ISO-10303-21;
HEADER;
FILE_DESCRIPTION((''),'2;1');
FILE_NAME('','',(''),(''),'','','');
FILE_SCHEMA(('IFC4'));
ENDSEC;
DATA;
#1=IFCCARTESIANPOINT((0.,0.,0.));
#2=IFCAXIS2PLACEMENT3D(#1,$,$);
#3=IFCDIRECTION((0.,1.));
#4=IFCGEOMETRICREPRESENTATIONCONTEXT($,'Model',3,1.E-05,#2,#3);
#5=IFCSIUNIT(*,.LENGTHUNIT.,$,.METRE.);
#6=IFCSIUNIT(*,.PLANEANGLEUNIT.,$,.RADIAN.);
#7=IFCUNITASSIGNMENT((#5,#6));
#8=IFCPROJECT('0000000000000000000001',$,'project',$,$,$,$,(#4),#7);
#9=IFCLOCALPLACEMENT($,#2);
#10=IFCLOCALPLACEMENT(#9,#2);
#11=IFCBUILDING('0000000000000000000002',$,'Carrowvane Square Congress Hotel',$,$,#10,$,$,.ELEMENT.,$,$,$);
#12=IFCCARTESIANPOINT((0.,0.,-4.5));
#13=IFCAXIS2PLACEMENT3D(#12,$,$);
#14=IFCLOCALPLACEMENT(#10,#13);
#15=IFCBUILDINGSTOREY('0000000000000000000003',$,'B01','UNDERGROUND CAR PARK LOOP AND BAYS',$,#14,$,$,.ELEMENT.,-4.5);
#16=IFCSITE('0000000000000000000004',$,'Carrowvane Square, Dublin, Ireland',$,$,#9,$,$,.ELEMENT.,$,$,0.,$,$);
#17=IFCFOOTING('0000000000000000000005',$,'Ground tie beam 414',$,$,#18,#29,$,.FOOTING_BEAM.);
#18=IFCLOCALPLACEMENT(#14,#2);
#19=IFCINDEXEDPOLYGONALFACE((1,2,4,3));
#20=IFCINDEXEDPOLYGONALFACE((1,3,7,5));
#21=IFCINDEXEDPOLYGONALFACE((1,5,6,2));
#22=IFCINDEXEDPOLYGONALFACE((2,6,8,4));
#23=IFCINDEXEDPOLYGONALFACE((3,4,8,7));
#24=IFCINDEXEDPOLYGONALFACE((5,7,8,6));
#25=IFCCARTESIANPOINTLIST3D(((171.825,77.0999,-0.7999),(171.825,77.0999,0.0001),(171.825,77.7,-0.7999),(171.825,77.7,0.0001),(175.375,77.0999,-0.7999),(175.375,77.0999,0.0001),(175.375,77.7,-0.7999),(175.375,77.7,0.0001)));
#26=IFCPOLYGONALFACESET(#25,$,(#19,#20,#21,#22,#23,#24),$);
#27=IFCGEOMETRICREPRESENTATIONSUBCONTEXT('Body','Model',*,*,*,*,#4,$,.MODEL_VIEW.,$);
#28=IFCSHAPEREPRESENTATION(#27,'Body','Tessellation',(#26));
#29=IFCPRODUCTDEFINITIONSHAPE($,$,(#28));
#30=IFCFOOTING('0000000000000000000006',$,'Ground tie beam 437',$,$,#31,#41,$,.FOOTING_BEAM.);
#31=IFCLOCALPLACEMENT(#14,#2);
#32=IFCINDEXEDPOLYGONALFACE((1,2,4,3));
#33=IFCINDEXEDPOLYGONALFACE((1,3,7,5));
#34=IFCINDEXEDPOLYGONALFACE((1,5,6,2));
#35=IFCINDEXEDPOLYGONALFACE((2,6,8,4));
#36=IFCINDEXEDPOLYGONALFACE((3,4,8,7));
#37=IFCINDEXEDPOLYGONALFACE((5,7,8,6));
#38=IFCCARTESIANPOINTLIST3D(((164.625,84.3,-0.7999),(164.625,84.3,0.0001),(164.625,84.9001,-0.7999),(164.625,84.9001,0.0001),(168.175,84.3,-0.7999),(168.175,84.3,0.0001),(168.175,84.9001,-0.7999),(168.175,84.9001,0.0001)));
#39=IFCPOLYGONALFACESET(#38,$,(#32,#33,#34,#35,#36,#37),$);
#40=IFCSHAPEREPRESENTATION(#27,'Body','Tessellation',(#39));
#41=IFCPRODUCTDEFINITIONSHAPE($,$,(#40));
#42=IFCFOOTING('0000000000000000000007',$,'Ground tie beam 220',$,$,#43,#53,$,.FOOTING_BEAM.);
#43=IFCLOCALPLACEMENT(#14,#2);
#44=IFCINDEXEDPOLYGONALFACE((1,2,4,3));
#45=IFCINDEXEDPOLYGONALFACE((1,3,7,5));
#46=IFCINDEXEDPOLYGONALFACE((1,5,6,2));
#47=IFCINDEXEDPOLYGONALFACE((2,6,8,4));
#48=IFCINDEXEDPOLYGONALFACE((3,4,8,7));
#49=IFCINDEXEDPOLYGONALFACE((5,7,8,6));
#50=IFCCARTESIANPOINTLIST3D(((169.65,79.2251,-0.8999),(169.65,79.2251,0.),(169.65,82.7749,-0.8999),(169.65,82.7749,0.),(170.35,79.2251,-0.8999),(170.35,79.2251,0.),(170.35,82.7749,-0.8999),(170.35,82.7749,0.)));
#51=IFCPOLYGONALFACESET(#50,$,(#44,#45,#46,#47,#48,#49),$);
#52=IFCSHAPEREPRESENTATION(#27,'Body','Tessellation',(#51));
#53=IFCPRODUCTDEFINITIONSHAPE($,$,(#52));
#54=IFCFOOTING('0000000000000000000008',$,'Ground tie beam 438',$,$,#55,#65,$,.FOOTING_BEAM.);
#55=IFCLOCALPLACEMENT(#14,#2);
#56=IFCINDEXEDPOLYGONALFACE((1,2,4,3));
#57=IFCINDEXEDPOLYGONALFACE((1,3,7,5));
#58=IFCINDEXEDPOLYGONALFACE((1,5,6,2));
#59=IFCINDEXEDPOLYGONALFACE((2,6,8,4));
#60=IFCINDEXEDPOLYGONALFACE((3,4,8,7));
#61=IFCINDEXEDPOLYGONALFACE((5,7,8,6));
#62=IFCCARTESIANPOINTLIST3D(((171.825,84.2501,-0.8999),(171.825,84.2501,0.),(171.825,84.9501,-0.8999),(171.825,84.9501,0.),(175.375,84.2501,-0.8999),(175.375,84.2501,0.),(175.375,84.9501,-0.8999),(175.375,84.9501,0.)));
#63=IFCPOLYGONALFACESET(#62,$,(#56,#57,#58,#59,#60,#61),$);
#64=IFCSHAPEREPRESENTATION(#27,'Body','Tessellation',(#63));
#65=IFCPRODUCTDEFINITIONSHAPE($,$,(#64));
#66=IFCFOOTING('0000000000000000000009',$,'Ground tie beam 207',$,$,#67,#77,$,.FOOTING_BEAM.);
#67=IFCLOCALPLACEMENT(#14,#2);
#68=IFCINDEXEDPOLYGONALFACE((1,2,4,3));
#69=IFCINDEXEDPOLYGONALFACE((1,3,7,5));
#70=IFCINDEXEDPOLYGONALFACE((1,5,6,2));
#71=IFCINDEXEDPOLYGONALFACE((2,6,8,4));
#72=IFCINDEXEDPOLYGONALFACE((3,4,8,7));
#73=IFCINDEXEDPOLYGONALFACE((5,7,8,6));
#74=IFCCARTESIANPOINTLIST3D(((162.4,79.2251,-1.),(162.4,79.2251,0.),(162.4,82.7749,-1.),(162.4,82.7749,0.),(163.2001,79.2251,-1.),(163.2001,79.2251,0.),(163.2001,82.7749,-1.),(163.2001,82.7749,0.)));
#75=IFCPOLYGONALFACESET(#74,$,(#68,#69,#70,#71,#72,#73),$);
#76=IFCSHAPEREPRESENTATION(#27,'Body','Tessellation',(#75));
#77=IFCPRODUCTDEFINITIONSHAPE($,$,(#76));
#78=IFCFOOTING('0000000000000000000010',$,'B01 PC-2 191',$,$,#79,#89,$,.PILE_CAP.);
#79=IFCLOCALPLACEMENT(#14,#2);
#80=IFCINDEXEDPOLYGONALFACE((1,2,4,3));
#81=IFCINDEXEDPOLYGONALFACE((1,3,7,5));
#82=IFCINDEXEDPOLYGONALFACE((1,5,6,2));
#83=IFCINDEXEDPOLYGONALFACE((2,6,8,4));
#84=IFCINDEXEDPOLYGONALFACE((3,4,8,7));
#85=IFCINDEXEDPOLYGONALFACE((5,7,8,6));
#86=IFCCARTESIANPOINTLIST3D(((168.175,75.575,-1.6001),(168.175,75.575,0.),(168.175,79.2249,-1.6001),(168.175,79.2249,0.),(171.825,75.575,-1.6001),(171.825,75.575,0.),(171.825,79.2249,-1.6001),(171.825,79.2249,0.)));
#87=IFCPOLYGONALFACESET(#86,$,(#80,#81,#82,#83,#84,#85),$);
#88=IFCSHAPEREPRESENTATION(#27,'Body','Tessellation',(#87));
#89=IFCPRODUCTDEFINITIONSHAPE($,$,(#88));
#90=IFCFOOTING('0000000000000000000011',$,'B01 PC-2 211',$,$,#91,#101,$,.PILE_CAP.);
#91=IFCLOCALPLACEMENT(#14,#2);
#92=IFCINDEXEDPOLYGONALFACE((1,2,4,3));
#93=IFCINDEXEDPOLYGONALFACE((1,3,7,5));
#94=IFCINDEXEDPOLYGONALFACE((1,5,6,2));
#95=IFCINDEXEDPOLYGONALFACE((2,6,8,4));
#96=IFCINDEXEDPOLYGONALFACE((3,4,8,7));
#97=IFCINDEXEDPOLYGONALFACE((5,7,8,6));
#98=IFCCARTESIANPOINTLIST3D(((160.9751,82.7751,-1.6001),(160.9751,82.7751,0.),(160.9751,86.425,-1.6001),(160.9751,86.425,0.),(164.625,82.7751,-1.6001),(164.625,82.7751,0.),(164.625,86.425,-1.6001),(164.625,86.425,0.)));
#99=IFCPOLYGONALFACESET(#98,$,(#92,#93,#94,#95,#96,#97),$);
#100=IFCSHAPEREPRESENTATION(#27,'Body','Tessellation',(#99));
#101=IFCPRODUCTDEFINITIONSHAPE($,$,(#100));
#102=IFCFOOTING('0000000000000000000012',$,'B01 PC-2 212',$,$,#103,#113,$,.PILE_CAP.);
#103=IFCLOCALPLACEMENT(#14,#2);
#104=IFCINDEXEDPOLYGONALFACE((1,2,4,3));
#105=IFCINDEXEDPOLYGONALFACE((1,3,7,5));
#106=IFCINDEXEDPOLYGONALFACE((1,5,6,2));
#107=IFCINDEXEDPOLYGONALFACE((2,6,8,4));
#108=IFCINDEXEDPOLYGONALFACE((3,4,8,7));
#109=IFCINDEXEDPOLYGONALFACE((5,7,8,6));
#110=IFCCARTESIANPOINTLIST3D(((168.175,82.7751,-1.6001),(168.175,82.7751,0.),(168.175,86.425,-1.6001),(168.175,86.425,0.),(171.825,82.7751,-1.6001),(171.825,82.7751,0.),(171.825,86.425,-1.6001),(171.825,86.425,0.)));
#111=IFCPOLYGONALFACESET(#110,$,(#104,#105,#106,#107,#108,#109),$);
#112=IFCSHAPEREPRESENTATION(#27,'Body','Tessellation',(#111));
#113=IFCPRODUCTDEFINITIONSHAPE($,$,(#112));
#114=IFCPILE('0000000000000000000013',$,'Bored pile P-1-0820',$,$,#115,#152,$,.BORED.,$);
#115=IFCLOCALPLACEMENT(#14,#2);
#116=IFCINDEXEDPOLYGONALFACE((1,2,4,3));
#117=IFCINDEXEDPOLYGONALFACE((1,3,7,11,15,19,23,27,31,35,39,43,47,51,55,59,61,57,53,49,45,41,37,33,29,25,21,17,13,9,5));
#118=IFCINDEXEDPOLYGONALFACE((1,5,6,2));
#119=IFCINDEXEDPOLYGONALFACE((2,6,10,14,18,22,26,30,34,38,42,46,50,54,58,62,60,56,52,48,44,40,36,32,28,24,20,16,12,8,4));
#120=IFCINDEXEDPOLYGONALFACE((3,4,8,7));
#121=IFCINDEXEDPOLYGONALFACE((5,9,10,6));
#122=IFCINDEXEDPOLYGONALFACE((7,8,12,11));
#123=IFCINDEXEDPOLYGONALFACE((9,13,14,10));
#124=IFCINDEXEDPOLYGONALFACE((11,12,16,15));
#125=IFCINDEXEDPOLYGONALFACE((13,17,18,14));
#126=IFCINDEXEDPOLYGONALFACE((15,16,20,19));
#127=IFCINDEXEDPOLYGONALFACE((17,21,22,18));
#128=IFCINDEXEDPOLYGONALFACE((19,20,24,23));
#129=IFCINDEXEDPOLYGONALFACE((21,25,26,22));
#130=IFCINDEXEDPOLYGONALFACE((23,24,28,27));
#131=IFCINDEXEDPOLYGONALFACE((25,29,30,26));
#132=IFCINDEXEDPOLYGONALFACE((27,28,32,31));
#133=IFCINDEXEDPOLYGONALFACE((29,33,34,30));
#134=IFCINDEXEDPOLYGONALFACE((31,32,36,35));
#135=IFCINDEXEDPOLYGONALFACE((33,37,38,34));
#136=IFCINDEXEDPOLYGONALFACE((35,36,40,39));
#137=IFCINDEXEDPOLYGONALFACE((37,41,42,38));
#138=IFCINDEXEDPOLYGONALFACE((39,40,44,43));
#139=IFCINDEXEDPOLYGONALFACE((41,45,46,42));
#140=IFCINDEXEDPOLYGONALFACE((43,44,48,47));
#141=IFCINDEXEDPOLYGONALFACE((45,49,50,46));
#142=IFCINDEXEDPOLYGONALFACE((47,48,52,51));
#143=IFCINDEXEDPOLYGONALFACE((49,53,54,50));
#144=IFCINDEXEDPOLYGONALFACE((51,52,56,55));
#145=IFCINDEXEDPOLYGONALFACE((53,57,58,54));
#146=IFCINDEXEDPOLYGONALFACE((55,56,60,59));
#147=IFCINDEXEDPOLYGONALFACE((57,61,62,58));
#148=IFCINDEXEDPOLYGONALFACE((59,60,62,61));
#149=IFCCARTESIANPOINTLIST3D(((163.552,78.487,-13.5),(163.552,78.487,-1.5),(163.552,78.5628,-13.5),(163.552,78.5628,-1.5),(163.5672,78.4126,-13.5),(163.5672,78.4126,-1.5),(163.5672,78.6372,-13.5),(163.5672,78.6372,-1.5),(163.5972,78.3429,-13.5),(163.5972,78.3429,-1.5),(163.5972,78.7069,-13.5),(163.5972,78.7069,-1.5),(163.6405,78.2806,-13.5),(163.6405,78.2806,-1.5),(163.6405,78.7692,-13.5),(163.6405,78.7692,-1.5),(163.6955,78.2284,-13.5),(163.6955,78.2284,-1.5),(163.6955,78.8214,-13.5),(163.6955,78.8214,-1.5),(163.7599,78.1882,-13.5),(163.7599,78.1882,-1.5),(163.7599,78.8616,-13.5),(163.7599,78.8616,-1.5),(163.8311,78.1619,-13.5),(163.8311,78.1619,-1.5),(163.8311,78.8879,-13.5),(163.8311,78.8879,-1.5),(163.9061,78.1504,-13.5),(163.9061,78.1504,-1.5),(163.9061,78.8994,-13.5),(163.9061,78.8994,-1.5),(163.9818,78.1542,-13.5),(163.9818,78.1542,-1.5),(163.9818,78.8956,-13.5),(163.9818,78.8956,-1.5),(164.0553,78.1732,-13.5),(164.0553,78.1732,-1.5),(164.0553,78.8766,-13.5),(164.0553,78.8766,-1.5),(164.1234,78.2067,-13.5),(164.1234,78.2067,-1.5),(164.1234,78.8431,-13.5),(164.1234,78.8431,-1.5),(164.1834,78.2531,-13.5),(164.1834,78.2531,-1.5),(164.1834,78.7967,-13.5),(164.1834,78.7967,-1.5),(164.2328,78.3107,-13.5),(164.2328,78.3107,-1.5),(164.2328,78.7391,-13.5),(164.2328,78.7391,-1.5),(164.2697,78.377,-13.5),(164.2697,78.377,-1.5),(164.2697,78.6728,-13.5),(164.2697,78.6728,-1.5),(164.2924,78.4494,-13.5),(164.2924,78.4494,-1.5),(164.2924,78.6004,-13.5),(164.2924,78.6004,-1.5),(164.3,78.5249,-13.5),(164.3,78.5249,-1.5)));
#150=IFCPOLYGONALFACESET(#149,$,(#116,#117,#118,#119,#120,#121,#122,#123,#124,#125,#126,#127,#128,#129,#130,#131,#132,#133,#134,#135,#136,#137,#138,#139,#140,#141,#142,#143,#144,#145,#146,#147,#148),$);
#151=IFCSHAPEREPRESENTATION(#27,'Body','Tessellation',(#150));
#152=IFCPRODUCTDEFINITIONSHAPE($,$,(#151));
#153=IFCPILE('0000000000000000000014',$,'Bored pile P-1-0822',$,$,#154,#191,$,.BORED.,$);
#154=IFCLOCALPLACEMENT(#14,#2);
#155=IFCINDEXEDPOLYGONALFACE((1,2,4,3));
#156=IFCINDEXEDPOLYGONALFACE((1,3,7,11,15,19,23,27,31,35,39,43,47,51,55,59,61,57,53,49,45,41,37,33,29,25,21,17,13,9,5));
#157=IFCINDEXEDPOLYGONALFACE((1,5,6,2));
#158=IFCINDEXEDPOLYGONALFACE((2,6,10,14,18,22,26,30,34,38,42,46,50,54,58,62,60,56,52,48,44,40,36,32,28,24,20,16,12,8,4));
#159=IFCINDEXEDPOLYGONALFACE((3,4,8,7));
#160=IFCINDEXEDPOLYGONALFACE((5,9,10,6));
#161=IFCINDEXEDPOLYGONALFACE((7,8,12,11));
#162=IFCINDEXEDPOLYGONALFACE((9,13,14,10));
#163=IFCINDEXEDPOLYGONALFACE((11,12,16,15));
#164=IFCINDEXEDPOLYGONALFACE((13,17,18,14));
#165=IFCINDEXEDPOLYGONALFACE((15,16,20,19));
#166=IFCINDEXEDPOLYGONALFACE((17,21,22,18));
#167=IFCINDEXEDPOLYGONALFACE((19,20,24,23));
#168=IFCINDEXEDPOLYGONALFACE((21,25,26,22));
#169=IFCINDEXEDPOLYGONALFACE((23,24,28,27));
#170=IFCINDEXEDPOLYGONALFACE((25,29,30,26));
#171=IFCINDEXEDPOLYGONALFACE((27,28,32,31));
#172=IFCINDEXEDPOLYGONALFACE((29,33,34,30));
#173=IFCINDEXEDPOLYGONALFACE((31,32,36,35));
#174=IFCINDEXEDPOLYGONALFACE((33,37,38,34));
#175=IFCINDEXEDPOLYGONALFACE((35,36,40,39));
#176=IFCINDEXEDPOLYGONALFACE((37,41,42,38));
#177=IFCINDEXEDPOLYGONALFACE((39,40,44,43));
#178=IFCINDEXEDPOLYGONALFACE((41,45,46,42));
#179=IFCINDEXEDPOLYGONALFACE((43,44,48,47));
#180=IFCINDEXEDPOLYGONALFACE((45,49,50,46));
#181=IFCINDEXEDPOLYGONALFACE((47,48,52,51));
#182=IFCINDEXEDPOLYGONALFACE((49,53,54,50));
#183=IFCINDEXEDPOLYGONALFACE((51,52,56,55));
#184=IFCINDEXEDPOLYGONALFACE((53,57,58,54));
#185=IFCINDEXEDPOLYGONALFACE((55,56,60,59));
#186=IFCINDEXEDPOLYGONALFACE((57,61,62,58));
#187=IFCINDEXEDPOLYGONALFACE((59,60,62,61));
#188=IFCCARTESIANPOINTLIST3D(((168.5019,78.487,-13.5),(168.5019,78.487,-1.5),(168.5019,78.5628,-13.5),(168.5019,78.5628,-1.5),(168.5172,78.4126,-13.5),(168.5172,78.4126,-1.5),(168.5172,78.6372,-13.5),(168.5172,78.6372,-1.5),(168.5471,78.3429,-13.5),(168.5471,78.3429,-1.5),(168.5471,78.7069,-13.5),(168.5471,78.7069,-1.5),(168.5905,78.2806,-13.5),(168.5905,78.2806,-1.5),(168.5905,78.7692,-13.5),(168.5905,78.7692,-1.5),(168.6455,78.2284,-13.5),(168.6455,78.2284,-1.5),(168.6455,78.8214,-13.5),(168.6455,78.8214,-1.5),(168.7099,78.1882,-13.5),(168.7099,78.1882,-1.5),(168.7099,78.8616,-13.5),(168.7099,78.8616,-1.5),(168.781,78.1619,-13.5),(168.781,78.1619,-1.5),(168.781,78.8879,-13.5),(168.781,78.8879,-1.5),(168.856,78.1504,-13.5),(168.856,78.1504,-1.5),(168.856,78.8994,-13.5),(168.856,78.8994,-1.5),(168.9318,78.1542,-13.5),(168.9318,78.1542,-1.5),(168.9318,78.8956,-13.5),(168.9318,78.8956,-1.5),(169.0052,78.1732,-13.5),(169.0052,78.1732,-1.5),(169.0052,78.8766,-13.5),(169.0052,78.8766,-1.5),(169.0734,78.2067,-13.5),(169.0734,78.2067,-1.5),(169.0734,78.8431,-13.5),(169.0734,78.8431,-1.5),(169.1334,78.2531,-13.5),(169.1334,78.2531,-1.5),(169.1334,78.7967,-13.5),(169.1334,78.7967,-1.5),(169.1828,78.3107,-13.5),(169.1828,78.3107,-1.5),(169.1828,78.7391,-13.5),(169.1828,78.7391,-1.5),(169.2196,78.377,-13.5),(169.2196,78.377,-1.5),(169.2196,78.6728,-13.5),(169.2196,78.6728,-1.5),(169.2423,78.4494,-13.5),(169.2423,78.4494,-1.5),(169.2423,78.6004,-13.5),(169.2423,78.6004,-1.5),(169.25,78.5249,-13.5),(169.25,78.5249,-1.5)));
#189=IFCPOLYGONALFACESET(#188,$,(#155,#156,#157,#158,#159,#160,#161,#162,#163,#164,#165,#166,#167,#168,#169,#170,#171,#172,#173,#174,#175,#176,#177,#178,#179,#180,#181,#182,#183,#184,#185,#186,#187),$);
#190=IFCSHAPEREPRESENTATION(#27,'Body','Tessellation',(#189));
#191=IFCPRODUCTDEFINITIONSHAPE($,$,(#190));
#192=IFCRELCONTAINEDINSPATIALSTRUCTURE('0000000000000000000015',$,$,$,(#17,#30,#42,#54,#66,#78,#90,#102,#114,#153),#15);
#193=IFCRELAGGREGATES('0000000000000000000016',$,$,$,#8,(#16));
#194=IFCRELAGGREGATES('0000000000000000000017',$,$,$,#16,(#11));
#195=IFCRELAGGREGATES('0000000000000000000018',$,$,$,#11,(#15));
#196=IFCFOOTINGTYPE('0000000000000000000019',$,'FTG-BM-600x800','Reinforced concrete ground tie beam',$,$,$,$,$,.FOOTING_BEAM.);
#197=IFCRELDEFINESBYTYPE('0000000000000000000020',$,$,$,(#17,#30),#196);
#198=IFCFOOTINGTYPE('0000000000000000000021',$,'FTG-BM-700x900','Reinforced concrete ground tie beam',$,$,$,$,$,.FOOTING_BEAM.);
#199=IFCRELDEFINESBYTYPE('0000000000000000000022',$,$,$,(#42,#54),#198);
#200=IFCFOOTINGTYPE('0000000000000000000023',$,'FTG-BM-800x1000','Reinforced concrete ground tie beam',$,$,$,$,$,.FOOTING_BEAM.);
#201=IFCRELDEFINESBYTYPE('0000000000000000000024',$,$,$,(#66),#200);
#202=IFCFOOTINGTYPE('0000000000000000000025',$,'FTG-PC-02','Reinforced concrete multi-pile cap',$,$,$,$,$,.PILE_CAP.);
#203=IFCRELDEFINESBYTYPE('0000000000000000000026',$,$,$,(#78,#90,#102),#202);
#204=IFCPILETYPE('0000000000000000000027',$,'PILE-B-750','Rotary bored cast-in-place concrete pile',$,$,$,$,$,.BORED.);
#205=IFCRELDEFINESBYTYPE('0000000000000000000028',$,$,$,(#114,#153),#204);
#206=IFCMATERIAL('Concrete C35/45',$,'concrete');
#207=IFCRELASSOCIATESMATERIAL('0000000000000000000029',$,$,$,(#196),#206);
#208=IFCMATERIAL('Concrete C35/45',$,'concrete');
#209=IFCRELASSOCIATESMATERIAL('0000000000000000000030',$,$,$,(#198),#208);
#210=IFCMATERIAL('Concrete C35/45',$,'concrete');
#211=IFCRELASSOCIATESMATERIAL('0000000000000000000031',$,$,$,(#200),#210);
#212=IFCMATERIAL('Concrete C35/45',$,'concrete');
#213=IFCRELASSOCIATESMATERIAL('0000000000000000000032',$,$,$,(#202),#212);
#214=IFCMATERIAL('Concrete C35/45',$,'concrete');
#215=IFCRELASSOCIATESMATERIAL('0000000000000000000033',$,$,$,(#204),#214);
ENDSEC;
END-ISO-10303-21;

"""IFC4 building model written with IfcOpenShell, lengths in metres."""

from ifc_helpers import new_model, si_unit, direction, frame, origin, origin_2d, place, context, subcontext, project, spatial, rectangle, circle, extrude, material, material_profile, profile_set, type_object, element, save


model = new_model("IFC4")

# Units and contexts
model_context = context("Model", 3, precision=1e-05, world=origin(), true_north=direction((0.0, 1.0)))
body_context = subcontext(model_context, "Body", "Model", "MODEL_VIEW")
ifc_project = project(units=[si_unit("LENGTHUNIT", "METRE"), si_unit("PLANEANGLEUNIT", "RADIAN")], contexts=[model_context])

# Site, building, storey
site_placement = place(None, origin())
site = spatial("IfcSite", under=ifc_project, at=site_placement, Name="Carrowvane Square, Dublin, Ireland", CompositionType="ELEMENT", RefElevation=0.0)
building_placement = place(site_placement, origin())
building = spatial("IfcBuilding", under=site, at=building_placement, Name="Carrowvane Square Congress Hotel", CompositionType="ELEMENT")
storey_placement = place(building_placement, frame((0.0, 0.0, -4.5)))
storey = spatial("IfcBuildingStorey", under=building, at=storey_placement, Name="B01", Description="UNDERGROUND CAR PARK LOOP AND BAYS", CompositionType="ELEMENT", Elevation=-4.5)

# Footings
ifc_material_1 = material(Name="Concrete C35/45", Category="concrete")
ifc_material_profile_1 = material_profile(ifc_material_1, rectangle(XDim=0.6001, YDim=0.8, at=origin_2d()), Name="RC 600x800")
ifc_profile_set_1 = profile_set([ifc_material_profile_1], Name="Concrete C35/45")
footing_type_1 = type_object("IfcFootingType", Name="FTG-BM-600x800", Description="Reinforced concrete ground tie beam", PredefinedType="FOOTING_BEAM", material=ifc_profile_set_1)
for number, where, z_axis, x_axis, name in (
    (1, (171.825, 77.3999, -0.3999), (1.0, 0.0, 0.0), (0.0, 1.0, 0.0), "Ground tie beam 414"),
    (2, (164.625, 84.6001, -0.3999), (1.0, 0.0, 0.0), (0.0, 1.0, 0.0), "Ground tie beam 437"),
):
    element("IfcFooting", number, at=place(storey_placement, frame(where, z_axis=z_axis, x_axis=x_axis)), inside=storey, type_object=footing_type_1, Name=name, PredefinedType="FOOTING_BEAM", context=body_context, shape_type="SweptSolid", body=[
        extrude(rectangle(XDim=0.6001, YDim=0.8, at=origin_2d()), origin(), (0.0, 0.0, 1.0), 3.55),
    ])
ifc_material_2 = material(Name="Concrete C35/45", Category="concrete")
ifc_material_profile_2 = material_profile(ifc_material_2, rectangle(XDim=0.7, YDim=0.8999, at=origin_2d()), Name="RC 700x900")
ifc_profile_set_2 = profile_set([ifc_material_profile_2], Name="Concrete C35/45")
footing_type_2 = type_object("IfcFootingType", Name="FTG-BM-700x900", Description="Reinforced concrete ground tie beam", PredefinedType="FOOTING_BEAM", material=ifc_profile_set_2)
footing_1_placement = place(storey_placement, frame((170.0, 79.2251, -0.45), z_axis=(0.0, 1.0, 0.0), x_axis=(-1.0, 0.0, 0.0)))
element("IfcFooting", 3, at=footing_1_placement, inside=storey, type_object=footing_type_2, Name="Ground tie beam 220", PredefinedType="FOOTING_BEAM", context=body_context, shape_type="SweptSolid", body=[
    extrude(rectangle(XDim=0.7, YDim=0.8999, at=origin_2d()), origin(), (0.0, 0.0, 1.0), 3.5498),
])
footing_2_placement = place(storey_placement, frame((171.825, 84.6001, -0.45), z_axis=(1.0, 0.0, 0.0), x_axis=(0.0, 1.0, 0.0)))
element("IfcFooting", 4, at=footing_2_placement, inside=storey, type_object=footing_type_2, Name="Ground tie beam 438", PredefinedType="FOOTING_BEAM", context=body_context, shape_type="SweptSolid", body=[
    extrude(rectangle(XDim=0.7, YDim=0.8999, at=origin_2d()), origin(), (0.0, 0.0, 1.0), 3.55),
])
ifc_material_3 = material(Name="Concrete C35/45", Category="concrete")
ifc_material_profile_3 = material_profile(ifc_material_3, rectangle(XDim=0.8, YDim=1.0, at=origin_2d()), Name="RC 800x1000")
ifc_profile_set_3 = profile_set([ifc_material_profile_3], Name="Concrete C35/45")
footing_type_3 = type_object("IfcFootingType", Name="FTG-BM-800x1000", Description="Reinforced concrete ground tie beam", PredefinedType="FOOTING_BEAM", material=ifc_profile_set_3)
footing_3_placement = place(storey_placement, frame((162.8, 79.2251, -0.5), z_axis=(0.0, 1.0, 0.0), x_axis=(-1.0, 0.0, 0.0)))
element("IfcFooting", 5, at=footing_3_placement, inside=storey, type_object=footing_type_3, Name="Ground tie beam 207", PredefinedType="FOOTING_BEAM", context=body_context, shape_type="SweptSolid", body=[
    extrude(rectangle(XDim=0.8, YDim=1.0, at=origin_2d()), origin(), (0.0, 0.0, 1.0), 3.5498),
])
ifc_material_4 = material(Name="Concrete C35/45", Category="concrete")
footing_type_4 = type_object("IfcFootingType", Name="FTG-PC-02", Description="Reinforced concrete multi-pile cap", PredefinedType="PILE_CAP", material=ifc_material_4)
for number, where, z_axis, x_axis, name in (
    (6, (170.0, 77.3999, -1.6001), (0.0, 0.0, 1.0), (1.0, 0.0, 0.0), "B01 PC-2 191"),
    (7, (162.8, 84.6001, -1.6001), (0.0, 0.0, 1.0), (1.0, 0.0, 0.0), "B01 PC-2 211"),
    (8, (170.0, 84.6001, -1.6001), (0.0, 0.0, 1.0), (1.0, 0.0, 0.0), "B01 PC-2 212"),
):
    element("IfcFooting", number, at=place(storey_placement, frame(where, z_axis=z_axis, x_axis=x_axis)), inside=storey, type_object=footing_type_4, Name=name, PredefinedType="PILE_CAP", context=body_context, shape_type="SweptSolid", body=[
        extrude(rectangle(XDim=3.6499, YDim=3.6499, at=origin_2d()), origin(), (0.0, 0.0, 1.0), 1.6001),
    ])

# Piles
ifc_material_5 = material(Name="Concrete C35/45", Category="concrete")
ifc_material_profile_4 = material_profile(ifc_material_5, circle(Radius=0.375, at=origin_2d()), Name="PILE D750")
ifc_profile_set_4 = profile_set([ifc_material_profile_4], Name="Concrete C35/45")
pile_type = type_object("IfcPileType", Name="PILE-B-750", Description="Rotary bored cast-in-place concrete pile", PredefinedType="BORED", material=ifc_profile_set_4)
for number, where, z_axis, x_axis, name in (
    (9, (163.925, 78.5249, -1.5), (0.0, 0.0, -1.0), (1.0, 0.0, 0.0), "Bored pile P-1-0820"),
    (10, (168.875, 78.5249, -1.5), (0.0, 0.0, -1.0), (1.0, 0.0, 0.0), "Bored pile P-1-0822"),
):
    element("IfcPile", number, at=place(storey_placement, frame(where, z_axis=z_axis, x_axis=x_axis)), inside=storey, type_object=pile_type, Name=name, PredefinedType="BORED", context=body_context, shape_type="SweptSolid", body=[
        extrude(circle(Radius=0.375, at=origin_2d()), origin(), (0.0, 0.0, 1.0), 12.0),
    ])

save(model, "model.ifc")
